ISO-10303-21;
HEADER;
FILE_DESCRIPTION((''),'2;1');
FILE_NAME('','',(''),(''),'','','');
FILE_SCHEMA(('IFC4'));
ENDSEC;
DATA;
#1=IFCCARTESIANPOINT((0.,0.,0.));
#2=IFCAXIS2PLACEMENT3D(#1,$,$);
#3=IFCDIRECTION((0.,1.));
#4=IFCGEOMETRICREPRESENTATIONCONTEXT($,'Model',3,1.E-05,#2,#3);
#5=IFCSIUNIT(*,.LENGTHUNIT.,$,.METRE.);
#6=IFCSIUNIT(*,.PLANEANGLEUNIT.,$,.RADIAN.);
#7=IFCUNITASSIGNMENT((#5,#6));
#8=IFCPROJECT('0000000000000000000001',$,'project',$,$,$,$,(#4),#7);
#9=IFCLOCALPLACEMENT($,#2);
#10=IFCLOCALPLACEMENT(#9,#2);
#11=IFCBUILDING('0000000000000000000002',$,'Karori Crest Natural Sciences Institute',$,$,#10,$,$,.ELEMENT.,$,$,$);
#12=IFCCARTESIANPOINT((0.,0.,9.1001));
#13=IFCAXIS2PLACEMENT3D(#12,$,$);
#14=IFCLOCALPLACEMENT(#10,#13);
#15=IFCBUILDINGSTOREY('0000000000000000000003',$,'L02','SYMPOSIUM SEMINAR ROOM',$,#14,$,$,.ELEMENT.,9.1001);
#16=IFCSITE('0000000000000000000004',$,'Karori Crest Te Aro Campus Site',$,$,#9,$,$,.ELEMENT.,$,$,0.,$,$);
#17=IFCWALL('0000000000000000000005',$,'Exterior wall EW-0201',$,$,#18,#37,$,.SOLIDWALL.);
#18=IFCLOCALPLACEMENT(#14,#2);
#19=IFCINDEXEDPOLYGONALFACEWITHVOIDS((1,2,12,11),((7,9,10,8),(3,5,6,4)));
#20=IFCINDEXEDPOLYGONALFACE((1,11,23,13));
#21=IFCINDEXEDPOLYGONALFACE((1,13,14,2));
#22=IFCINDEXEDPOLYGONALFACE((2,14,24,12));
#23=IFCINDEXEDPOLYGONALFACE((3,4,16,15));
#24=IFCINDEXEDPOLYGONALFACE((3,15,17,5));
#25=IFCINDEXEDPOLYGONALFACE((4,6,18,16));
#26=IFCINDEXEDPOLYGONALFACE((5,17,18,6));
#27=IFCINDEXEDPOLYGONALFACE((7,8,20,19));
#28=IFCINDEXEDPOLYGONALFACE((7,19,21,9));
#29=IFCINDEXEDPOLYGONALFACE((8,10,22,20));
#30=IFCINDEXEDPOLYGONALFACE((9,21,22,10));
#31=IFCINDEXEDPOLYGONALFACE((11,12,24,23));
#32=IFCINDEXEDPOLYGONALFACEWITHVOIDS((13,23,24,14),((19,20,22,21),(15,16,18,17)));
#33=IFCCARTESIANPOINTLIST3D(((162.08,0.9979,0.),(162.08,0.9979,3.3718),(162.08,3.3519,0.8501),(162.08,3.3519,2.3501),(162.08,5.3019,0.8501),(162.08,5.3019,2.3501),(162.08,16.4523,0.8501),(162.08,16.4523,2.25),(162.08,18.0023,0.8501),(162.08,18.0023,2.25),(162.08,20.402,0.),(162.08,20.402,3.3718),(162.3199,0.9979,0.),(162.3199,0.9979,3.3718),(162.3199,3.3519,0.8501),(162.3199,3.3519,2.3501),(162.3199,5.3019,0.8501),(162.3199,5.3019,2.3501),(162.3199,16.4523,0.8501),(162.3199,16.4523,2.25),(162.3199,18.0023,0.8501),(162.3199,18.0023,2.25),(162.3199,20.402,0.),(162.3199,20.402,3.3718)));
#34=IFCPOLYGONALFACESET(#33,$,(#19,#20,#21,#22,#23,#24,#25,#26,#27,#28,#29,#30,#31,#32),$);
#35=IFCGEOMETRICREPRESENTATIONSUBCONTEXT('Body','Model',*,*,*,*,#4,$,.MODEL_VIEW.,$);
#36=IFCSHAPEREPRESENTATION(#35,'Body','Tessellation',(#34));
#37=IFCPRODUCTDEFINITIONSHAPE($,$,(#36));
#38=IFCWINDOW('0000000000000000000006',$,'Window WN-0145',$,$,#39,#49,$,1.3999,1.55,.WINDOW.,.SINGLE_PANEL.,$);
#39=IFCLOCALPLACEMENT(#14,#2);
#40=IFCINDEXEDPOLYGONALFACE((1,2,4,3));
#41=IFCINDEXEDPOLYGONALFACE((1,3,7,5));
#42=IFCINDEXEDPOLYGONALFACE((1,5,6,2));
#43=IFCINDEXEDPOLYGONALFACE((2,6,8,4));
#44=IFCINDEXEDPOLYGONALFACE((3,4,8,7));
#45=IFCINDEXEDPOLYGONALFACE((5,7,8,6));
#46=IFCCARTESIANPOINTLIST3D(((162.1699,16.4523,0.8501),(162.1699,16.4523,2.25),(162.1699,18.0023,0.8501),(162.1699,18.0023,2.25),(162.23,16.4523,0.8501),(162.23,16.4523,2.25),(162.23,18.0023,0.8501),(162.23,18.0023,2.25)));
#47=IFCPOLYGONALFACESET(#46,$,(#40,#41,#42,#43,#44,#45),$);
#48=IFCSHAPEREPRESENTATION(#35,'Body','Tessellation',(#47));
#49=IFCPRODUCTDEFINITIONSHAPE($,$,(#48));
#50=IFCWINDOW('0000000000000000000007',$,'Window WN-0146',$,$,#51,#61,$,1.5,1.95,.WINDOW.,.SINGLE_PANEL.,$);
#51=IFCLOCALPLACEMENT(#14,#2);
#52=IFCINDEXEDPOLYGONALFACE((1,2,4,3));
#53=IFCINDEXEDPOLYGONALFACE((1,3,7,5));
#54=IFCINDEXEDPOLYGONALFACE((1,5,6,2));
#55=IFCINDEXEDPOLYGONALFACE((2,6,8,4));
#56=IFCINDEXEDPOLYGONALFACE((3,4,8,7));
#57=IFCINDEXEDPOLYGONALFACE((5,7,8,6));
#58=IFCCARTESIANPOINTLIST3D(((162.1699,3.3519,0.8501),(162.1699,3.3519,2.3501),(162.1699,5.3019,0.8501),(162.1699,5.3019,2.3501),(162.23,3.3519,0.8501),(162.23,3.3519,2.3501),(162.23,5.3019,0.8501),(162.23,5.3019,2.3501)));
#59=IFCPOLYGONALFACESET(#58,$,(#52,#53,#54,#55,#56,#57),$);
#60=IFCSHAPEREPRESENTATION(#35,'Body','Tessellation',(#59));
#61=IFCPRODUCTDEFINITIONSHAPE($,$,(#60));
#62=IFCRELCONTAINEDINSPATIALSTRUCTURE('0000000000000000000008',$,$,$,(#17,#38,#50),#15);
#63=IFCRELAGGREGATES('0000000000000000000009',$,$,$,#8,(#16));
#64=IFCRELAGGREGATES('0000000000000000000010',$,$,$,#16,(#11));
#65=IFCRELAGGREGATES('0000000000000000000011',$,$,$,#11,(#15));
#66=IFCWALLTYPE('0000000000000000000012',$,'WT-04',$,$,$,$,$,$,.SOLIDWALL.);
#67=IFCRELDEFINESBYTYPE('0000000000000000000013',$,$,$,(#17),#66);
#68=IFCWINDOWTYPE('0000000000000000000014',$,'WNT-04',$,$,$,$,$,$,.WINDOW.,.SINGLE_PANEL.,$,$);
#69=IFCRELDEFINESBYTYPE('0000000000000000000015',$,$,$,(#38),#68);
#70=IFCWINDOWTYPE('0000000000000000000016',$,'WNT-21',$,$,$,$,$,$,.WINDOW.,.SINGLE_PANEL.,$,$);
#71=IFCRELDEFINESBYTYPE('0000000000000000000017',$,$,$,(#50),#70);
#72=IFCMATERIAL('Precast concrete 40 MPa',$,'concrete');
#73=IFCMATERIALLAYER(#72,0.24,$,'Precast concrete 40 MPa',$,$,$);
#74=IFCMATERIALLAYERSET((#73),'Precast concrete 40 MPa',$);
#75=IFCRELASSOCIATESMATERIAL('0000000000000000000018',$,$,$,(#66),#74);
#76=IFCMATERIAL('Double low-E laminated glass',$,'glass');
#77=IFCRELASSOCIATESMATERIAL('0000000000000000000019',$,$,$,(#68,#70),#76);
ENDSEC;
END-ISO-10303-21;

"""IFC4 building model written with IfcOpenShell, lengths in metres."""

from ifc_helpers import new_model, si_unit, direction, frame, frame_2d, origin, place, context, subcontext, project, spatial, rectangle, extrude, material, layer, layer_set, type_object, element, fill, save


model = new_model("IFC4")

# Units and contexts
model_context = context("Model", 3, precision=1e-05, world=origin(), true_north=direction((0.0, 1.0)))
body_context = subcontext(model_context, "Body", "Model", "MODEL_VIEW")
ifc_project = project(units=[si_unit("LENGTHUNIT", "METRE"), si_unit("PLANEANGLEUNIT", "RADIAN")], contexts=[model_context])

# Site, building, storey
site_placement = place(None, origin())
site = spatial("IfcSite", under=ifc_project, at=site_placement, Name="Karori Crest Te Aro Campus Site", CompositionType="ELEMENT", RefElevation=0.0)
building_placement = place(site_placement, origin())
building = spatial("IfcBuilding", under=site, at=building_placement, Name="Karori Crest Natural Sciences Institute", CompositionType="ELEMENT")
storey_placement = place(building_placement, frame((0.0, 0.0, 9.1001)))
storey = spatial("IfcBuildingStorey", under=building, at=storey_placement, Name="L02", Description="SYMPOSIUM SEMINAR ROOM", CompositionType="ELEMENT", Elevation=9.1001)

# Wall, openings, windows
ifc_material_1 = material(Name="Precast concrete 40 MPa", Category="concrete")
ifc_layer_1 = layer(ifc_material_1, 0.24, Name="Precast concrete 40 MPa")
ifc_layer_set_1 = layer_set([ifc_layer_1], Name="Precast concrete 40 MPa")
wall_type_1 = type_object("IfcWallType", Name="WT-04", PredefinedType="SOLIDWALL", material=ifc_layer_set_1)
wall_1_placement = place(storey_placement, frame((162.2, 20.4021, 0.0), z_axis=(0.0, 0.0, 1.0), x_axis=(0.0, -1.0, 0.0)))
wall_1 = element("IfcWall", 1, at=wall_1_placement, inside=storey, type_object=wall_type_1, Name="Exterior wall EW-0201", PredefinedType="SOLIDWALL", context=body_context, shape_type="SweptSolid", body=[
    extrude(rectangle(XDim=19.4041, YDim=0.24, at=frame_2d((9.7021, 0.0))), origin(), (0.0, 0.0, 1.0), 3.3718),
])
opening_1_placement = place(wall_1_placement, frame((2.3999, 0.0, 0.8501)))
opening_1 = element("IfcOpeningElement", 2, at=opening_1_placement, cuts=wall_1, PredefinedType="OPENING", context=body_context, shape_type="SweptSolid", body=[
    extrude(rectangle(XDim=1.55, YDim=1.3999, at=frame_2d((0.7749, 0.7))), frame((0.0, 0.1299, 0.0), z_axis=(0.0, -1.0, 0.0), x_axis=(1.0, 0.0, 0.0)), (0.0, 0.0, 1.0), 0.26),
])
opening_2_placement = place(wall_1_placement, frame((15.1001, 0.0, 0.8501)))
opening_2 = element("IfcOpeningElement", 3, at=opening_2_placement, cuts=wall_1, PredefinedType="OPENING", context=body_context, shape_type="SweptSolid", body=[
    extrude(rectangle(XDim=1.95, YDim=1.5, at=frame_2d((0.9751, 0.75))), frame((0.0, 0.1299, 0.0), z_axis=(0.0, -1.0, 0.0), x_axis=(1.0, 0.0, 0.0)), (0.0, 0.0, 1.0), 0.26),
])
ifc_material_2 = material(Name="Double low-E laminated glass", Category="glass")
window_type_1 = type_object("IfcWindowType", Name="WNT-04", PartitioningType="SINGLE_PANEL", PredefinedType="WINDOW", material=ifc_material_2)
window_1_placement = place(opening_1_placement, origin())
window_1 = element("IfcWindow", 4, at=window_1_placement, inside=storey, type_object=window_type_1, Name="Window WN-0145", OverallHeight=1.3999, OverallWidth=1.55, PartitioningType="SINGLE_PANEL", PredefinedType="WINDOW", context=body_context, shape_type="SweptSolid", body=[
    extrude(rectangle(XDim=1.55, YDim=1.3999, at=frame_2d((0.7749, 0.7))), frame((0.0, 0.03, 0.0), z_axis=(0.0, -1.0, 0.0), x_axis=(1.0, 0.0, 0.0)), (0.0, 0.0, 1.0), 0.0601),
])
fill(opening_1, window_1)
window_type_2 = type_object("IfcWindowType", Name="WNT-21", PartitioningType="SINGLE_PANEL", PredefinedType="WINDOW", material=ifc_material_2)
window_2_placement = place(opening_2_placement, origin())
window_2 = element("IfcWindow", 5, at=window_2_placement, inside=storey, type_object=window_type_2, Name="Window WN-0146", OverallHeight=1.5, OverallWidth=1.95, PartitioningType="SINGLE_PANEL", PredefinedType="WINDOW", context=body_context, shape_type="SweptSolid", body=[
    extrude(rectangle(XDim=1.95, YDim=1.5, at=frame_2d((0.9751, 0.75))), frame((0.0, 0.03, 0.0), z_axis=(0.0, -1.0, 0.0), x_axis=(1.0, 0.0, 0.0)), (0.0, 0.0, 1.0), 0.0601),
])
fill(opening_2, window_2)

save(model, "model.ifc")
